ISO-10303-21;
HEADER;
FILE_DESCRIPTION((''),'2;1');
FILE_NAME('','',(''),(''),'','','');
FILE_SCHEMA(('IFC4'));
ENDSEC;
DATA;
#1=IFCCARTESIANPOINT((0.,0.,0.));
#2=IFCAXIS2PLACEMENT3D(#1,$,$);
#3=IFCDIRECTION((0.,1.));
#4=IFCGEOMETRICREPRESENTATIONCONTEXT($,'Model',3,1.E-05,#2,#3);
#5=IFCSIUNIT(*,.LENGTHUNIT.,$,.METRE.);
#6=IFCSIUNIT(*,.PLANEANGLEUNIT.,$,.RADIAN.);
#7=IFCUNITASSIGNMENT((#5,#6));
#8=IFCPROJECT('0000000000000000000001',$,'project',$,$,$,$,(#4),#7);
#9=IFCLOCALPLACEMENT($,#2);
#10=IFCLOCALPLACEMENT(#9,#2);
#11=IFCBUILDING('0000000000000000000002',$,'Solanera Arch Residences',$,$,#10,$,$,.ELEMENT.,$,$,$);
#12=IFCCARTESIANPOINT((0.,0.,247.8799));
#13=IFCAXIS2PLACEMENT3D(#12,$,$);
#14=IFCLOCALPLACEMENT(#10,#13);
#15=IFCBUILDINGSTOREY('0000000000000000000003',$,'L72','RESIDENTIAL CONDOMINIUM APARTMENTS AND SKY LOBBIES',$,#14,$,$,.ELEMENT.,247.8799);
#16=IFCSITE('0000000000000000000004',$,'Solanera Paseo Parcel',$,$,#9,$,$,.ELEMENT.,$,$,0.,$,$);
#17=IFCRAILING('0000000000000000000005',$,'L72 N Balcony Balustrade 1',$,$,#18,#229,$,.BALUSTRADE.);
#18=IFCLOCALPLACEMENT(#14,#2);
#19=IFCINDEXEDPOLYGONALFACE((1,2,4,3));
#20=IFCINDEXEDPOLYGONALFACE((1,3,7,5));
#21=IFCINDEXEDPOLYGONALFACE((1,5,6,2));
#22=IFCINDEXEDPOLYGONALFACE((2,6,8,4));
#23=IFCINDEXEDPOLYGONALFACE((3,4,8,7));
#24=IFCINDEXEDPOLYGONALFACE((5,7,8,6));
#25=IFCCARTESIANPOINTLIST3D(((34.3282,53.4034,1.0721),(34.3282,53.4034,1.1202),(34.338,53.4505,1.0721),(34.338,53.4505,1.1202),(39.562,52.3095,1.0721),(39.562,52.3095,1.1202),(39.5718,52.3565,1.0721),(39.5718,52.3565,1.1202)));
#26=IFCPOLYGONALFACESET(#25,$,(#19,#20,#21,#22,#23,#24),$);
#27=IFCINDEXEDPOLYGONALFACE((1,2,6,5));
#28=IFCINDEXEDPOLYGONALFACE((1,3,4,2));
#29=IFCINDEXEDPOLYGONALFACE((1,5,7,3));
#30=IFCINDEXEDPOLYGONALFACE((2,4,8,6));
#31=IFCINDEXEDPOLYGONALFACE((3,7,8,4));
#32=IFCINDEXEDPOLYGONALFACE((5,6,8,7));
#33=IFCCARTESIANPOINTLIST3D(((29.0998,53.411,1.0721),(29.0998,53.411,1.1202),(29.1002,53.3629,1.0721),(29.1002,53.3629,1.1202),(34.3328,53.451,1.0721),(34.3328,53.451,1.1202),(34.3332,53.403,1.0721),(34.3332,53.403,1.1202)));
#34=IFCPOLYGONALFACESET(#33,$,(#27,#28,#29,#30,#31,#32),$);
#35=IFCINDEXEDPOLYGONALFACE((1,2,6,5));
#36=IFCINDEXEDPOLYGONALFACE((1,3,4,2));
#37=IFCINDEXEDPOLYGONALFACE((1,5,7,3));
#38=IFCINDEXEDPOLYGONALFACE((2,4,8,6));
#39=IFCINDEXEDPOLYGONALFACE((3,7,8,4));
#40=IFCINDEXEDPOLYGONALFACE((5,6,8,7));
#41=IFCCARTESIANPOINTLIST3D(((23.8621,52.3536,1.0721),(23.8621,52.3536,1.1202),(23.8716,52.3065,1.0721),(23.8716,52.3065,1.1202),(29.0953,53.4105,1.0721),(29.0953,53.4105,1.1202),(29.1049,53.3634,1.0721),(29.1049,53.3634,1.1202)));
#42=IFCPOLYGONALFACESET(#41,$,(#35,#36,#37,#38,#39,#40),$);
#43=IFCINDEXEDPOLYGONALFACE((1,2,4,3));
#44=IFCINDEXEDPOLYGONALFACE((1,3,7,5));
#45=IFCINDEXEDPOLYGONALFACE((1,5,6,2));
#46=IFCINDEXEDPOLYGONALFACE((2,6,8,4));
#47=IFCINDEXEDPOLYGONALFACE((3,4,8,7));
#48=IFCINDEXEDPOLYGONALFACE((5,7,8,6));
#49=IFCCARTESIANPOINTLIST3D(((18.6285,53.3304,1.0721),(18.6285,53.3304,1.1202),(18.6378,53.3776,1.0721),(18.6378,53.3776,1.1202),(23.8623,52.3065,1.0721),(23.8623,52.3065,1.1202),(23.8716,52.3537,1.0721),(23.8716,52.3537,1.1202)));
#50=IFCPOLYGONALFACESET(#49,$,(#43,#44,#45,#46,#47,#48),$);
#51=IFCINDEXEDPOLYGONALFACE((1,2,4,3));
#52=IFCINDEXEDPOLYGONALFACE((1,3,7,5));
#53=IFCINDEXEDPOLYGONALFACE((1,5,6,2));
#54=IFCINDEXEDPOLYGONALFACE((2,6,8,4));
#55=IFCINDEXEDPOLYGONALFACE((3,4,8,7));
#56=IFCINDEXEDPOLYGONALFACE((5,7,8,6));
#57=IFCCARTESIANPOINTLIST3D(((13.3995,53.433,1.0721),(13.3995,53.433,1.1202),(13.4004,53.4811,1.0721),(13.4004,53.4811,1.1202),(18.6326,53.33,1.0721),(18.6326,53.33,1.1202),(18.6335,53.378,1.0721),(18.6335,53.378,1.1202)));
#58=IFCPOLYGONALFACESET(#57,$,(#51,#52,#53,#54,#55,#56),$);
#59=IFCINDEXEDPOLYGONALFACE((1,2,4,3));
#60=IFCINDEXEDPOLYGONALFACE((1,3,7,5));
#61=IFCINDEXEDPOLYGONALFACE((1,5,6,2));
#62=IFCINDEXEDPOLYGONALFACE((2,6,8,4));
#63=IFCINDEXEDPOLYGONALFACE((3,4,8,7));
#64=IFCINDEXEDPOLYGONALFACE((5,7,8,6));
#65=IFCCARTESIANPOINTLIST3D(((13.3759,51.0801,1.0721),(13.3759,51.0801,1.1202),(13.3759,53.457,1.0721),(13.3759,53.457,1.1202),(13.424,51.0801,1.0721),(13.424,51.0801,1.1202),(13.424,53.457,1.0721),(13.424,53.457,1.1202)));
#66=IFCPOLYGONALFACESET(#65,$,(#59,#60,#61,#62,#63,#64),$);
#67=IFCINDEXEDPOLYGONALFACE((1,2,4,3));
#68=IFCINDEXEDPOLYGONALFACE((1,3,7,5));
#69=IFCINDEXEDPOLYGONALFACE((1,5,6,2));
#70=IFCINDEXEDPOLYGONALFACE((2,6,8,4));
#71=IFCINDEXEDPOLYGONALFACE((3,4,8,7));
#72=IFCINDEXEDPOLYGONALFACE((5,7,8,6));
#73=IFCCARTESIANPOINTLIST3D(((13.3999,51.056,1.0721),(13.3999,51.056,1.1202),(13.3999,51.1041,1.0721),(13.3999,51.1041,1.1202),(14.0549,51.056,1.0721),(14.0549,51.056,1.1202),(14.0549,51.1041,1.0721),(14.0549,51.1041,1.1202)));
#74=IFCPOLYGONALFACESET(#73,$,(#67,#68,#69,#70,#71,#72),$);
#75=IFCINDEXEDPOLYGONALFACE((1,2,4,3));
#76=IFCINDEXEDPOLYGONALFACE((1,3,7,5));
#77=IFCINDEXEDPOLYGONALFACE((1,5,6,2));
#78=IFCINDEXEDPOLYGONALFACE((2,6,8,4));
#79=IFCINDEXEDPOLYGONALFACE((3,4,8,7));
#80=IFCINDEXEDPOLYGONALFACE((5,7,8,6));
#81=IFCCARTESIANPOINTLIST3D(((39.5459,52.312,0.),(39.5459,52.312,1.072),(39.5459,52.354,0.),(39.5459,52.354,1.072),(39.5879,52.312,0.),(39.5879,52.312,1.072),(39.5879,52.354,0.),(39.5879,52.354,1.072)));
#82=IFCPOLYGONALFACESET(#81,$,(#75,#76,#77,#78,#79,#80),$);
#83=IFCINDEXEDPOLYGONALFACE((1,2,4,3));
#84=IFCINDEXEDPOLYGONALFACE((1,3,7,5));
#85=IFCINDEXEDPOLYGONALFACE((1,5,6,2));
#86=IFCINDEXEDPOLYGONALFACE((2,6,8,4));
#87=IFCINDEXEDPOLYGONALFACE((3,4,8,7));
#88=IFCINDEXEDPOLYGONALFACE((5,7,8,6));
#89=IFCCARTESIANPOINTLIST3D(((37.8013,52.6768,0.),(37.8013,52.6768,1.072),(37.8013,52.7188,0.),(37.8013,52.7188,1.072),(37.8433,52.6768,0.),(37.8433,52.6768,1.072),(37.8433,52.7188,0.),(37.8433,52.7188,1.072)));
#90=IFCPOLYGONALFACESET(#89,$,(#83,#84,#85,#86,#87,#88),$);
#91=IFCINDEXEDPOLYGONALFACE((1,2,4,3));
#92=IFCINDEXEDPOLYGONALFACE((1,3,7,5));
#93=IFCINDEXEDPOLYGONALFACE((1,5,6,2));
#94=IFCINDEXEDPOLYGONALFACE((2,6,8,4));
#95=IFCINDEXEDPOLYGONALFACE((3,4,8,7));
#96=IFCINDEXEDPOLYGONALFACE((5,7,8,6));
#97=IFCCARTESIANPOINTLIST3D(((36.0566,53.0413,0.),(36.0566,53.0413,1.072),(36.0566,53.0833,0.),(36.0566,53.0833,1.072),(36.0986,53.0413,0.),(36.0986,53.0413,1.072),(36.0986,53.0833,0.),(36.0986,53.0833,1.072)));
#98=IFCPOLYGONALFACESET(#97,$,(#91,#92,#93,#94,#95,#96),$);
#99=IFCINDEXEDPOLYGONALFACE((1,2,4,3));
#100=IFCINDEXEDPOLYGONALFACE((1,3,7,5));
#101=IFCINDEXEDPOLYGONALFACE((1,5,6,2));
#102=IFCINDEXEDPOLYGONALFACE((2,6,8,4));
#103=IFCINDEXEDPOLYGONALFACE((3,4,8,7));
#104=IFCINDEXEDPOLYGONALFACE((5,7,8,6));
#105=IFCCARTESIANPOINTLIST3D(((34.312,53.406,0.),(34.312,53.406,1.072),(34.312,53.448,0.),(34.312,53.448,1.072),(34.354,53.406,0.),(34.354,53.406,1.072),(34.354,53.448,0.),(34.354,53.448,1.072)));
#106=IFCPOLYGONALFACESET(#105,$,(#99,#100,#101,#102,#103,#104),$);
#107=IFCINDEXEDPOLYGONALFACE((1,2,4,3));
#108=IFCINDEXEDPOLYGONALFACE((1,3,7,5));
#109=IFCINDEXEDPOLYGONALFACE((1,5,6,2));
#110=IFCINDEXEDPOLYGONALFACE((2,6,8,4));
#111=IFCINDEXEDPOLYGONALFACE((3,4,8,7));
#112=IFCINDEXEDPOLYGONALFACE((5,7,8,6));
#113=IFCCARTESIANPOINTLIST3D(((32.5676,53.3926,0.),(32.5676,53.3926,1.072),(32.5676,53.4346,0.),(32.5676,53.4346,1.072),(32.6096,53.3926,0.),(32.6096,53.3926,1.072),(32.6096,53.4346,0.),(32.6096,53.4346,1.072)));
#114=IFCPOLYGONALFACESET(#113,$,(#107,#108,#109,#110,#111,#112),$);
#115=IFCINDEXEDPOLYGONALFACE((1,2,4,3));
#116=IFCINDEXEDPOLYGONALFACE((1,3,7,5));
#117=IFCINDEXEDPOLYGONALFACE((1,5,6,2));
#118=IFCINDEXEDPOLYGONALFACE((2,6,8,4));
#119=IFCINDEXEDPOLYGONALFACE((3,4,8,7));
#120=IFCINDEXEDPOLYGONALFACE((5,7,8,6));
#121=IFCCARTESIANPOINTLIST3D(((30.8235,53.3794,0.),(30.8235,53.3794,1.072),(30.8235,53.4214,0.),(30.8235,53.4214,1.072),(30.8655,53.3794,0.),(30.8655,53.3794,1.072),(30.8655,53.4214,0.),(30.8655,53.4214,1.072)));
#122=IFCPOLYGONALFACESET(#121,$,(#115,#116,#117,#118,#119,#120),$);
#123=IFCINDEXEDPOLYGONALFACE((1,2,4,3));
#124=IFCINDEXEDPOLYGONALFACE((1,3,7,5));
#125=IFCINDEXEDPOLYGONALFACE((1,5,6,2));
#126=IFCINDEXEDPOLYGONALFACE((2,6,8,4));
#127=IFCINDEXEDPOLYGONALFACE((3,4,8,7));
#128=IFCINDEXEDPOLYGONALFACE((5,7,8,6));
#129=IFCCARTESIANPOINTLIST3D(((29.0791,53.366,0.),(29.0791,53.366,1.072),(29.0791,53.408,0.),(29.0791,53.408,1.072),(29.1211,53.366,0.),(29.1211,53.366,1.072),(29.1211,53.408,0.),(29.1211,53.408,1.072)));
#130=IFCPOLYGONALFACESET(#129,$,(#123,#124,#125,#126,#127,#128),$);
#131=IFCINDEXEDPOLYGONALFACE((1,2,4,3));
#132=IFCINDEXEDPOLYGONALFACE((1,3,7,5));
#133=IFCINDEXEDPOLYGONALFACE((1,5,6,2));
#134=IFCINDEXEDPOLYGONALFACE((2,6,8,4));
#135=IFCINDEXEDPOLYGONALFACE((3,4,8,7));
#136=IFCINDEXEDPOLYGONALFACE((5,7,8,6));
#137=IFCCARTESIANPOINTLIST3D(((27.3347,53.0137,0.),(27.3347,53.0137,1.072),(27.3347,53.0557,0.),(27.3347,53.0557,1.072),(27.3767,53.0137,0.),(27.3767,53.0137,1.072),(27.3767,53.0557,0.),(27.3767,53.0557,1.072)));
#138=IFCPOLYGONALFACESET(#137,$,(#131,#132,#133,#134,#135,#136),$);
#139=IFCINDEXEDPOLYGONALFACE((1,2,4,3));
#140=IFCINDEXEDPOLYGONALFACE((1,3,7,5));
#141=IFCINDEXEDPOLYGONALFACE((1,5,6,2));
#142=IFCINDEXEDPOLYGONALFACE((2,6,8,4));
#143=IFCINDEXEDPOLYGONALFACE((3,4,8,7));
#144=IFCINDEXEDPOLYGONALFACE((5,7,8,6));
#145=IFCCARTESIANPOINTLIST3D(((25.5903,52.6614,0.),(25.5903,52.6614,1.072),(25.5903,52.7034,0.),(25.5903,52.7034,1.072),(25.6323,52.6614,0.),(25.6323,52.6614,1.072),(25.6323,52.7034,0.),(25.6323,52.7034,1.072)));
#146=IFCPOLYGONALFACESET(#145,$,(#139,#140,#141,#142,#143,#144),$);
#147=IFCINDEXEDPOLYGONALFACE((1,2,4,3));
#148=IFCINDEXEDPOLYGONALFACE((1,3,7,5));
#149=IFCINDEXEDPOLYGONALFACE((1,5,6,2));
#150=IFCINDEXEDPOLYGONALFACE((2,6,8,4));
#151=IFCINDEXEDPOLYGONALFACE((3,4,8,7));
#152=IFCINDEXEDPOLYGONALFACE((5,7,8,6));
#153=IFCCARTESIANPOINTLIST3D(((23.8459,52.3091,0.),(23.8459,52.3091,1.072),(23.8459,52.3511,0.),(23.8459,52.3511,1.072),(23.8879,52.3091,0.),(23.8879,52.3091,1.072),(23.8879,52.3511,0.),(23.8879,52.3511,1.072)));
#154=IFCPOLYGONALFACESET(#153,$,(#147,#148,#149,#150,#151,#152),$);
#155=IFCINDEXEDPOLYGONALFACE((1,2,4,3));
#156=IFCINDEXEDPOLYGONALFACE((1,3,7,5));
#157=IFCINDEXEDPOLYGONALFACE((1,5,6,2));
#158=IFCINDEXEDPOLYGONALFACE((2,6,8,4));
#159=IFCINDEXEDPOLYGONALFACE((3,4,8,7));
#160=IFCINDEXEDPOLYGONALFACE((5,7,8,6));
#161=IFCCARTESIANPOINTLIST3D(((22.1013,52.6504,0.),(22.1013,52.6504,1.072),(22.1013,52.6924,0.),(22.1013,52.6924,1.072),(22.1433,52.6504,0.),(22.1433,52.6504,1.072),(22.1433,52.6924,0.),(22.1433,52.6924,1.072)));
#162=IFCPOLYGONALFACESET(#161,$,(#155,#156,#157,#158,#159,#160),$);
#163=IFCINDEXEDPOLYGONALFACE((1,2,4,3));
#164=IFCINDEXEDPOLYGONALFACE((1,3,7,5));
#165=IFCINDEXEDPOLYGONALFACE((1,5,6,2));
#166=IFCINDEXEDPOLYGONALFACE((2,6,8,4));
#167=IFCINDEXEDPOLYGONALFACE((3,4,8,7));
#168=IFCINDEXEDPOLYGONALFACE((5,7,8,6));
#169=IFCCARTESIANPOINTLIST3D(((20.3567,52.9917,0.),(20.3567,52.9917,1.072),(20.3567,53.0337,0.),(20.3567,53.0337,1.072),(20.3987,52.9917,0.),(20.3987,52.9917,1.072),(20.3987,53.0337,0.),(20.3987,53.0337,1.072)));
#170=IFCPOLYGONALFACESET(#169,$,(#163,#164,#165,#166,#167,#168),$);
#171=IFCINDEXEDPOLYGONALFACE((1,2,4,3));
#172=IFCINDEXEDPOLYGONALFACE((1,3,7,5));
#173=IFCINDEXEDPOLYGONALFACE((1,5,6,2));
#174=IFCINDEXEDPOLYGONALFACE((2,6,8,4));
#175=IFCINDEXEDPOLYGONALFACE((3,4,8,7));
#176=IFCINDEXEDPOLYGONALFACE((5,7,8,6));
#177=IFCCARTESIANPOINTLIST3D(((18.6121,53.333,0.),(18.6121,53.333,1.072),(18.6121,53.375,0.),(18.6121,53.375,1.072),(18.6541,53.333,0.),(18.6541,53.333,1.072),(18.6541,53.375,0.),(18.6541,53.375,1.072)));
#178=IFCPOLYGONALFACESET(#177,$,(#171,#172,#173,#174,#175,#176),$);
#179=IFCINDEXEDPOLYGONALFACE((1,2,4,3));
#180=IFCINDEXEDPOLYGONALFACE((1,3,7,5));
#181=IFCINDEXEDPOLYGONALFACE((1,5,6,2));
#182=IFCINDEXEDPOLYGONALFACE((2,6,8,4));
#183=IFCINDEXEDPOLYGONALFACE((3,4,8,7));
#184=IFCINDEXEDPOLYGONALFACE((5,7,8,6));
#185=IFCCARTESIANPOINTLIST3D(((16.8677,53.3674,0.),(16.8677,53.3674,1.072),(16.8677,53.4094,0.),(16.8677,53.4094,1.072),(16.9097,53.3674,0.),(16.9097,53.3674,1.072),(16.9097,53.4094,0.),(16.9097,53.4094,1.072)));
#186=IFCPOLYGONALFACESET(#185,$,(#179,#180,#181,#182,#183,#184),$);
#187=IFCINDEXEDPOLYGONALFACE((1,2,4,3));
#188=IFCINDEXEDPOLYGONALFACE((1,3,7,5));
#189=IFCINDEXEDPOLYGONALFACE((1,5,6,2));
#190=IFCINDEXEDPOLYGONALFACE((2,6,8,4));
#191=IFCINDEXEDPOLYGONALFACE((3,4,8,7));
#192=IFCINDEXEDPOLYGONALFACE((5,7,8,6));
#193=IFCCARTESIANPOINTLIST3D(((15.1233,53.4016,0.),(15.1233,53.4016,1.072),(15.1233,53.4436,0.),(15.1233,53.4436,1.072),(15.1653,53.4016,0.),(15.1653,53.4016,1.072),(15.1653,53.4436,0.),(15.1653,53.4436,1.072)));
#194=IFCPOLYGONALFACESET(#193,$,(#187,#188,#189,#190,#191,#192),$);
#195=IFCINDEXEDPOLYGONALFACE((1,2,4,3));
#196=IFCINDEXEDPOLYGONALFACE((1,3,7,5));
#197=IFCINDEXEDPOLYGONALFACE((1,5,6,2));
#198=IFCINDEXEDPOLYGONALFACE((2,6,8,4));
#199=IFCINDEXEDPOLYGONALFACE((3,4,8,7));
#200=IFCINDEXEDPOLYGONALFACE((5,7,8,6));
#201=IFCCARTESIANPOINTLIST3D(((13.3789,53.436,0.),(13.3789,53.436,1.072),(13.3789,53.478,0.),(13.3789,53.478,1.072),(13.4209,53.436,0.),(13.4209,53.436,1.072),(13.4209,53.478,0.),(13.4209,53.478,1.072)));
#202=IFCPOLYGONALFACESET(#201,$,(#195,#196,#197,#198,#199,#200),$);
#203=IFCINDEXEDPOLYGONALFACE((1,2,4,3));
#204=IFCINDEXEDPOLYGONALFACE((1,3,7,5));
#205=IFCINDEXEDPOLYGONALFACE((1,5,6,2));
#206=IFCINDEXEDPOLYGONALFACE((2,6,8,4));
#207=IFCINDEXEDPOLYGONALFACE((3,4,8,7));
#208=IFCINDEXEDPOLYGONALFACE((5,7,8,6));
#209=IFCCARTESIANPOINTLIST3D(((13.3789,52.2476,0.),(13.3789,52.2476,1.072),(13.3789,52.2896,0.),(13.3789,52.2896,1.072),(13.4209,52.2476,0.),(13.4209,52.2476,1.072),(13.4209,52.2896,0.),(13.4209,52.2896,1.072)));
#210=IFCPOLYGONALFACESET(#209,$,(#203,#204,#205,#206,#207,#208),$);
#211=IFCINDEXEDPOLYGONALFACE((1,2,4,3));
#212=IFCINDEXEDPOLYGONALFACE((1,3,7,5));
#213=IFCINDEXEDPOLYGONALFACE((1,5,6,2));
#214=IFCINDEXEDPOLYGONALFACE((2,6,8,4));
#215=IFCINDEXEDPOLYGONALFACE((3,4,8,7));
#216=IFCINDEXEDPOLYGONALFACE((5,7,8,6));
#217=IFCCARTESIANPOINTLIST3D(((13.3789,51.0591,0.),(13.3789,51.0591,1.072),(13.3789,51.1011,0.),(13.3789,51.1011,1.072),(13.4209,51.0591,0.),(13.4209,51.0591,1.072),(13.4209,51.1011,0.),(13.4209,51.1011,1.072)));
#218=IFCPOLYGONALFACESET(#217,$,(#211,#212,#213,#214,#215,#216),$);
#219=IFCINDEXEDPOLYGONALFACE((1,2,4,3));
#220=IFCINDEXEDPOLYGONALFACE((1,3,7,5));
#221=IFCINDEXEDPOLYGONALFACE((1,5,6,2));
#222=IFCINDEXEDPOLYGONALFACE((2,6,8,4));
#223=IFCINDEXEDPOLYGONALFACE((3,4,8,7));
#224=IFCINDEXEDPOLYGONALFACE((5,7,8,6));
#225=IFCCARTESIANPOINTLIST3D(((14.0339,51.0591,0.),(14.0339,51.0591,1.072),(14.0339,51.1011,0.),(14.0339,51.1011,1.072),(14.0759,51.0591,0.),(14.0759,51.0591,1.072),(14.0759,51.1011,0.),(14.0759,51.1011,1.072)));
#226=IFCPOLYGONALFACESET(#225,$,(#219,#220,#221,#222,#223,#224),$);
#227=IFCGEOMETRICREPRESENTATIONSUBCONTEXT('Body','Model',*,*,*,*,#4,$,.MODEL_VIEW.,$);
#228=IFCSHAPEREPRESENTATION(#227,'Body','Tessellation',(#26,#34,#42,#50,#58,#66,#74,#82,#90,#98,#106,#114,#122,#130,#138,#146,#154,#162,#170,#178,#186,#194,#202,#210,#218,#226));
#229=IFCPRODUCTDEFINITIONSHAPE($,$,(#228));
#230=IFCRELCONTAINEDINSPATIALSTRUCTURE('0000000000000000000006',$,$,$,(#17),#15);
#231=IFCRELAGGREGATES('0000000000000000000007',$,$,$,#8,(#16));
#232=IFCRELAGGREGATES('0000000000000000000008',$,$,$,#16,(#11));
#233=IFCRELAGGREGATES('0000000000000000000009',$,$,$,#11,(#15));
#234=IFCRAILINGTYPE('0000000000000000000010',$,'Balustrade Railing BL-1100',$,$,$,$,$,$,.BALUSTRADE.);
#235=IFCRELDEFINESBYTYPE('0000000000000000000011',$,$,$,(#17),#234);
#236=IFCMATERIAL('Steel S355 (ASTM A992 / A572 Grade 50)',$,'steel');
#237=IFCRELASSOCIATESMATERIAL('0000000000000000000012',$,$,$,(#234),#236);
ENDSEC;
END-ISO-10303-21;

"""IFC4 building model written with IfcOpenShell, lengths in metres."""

from ifc_helpers import new_model, si_unit, direction, frame, origin, origin_2d, place, context, subcontext, project, spatial, rectangle, extrude, material, type_object, element, save


model = new_model("IFC4")

# Units and contexts
model_context = context("Model", 3, precision=1e-05, world=origin(), true_north=direction((0.0, 1.0)))
body_context = subcontext(model_context, "Body", "Model", "MODEL_VIEW")
ifc_project = project(units=[si_unit("LENGTHUNIT", "METRE"), si_unit("PLANEANGLEUNIT", "RADIAN")], contexts=[model_context])

# Site, building, storey
site_placement = place(None, origin())
site = spatial("IfcSite", under=ifc_project, at=site_placement, Name="Solanera Paseo Parcel", CompositionType="ELEMENT", RefElevation=0.0)
building_placement = place(site_placement, origin())
building = spatial("IfcBuilding", under=site, at=building_placement, Name="Solanera Arch Residences", CompositionType="ELEMENT")
storey_placement = place(building_placement, frame((0.0, 0.0, 247.8799)))
storey = spatial("IfcBuildingStorey", under=building, at=storey_placement, Name="L72", Description="RESIDENTIAL CONDOMINIUM APARTMENTS AND SKY LOBBIES", CompositionType="ELEMENT", Elevation=247.8799)

# Railing
ifc_material_1 = material(Name="Steel S355 (ASTM A992 / A572 Grade 50)", Category="steel")
railing_type = type_object("IfcRailingType", Name="Balustrade Railing BL-1100", PredefinedType="BALUSTRADE", material=ifc_material_1)
railing_1_placement = place(storey_placement, frame((39.5669, 52.333, 0.0)))
element("IfcRailing", 1, at=railing_1_placement, inside=storey, type_object=railing_type, Name="L72 N Balcony Balustrade 1", PredefinedType="BALUSTRADE", context=body_context, shape_type="SweptSolid", body=[
    extrude(rectangle(XDim=0.0481, YDim=0.0481, at=origin_2d()), frame((0.0, 0.0, 1.0962), z_axis=(-0.978846, 0.2046, 0.0), x_axis=(-0.2046, -0.978846, 0.0)), (0.0, 0.0, 1.0), 5.3469),
    extrude(rectangle(XDim=0.0481, YDim=0.0481, at=origin_2d()), frame((-5.2339, 1.094, 1.0962), z_axis=(-0.999971, -0.007651, 0.0), x_axis=(0.007651, -0.999971, 0.0)), (0.0, 0.0, 1.0), 5.2332),
    extrude(rectangle(XDim=0.0481, YDim=0.0481, at=origin_2d()), frame((-10.4668, 1.054, 1.0962), z_axis=(-0.98021, -0.197963, 0.0), x_axis=(0.197963, -0.98021, 0.0)), (0.0, 0.0, 1.0), 5.3389),
    extrude(rectangle(XDim=0.0481, YDim=0.0481, at=origin_2d()), frame((-15.7, -0.0029, 1.0962), z_axis=(-0.981396, 0.191994, 0.0), x_axis=(-0.191994, -0.981396, 0.0)), (0.0, 0.0, 1.0), 5.333),
    extrude(rectangle(XDim=0.0481, YDim=0.0481, at=origin_2d()), frame((-20.9338, 1.021, 1.0962), z_axis=(-0.999806, 0.019684, 0.0), x_axis=(-0.019684, -0.999806, 0.0)), (0.0, 0.0, 1.0), 5.2341),
    extrude(rectangle(XDim=0.0481, YDim=0.0481, at=origin_2d()), frame((-26.167, 1.124, 1.0962), z_axis=(0.0, -1.0, 0.0), x_axis=(1.0, 0.0, 0.0)), (0.0, 0.0, 1.0), 2.377),
    extrude(rectangle(XDim=0.0481, YDim=0.0481, at=origin_2d()), frame((-26.167, -1.2529, 1.0962), z_axis=(1.0, 0.0, 0.0), x_axis=(0.0, 1.0, 0.0)), (0.0, 0.0, 1.0), 0.655),
    extrude(rectangle(XDim=0.042, YDim=0.042, at=origin_2d()), origin(), (0.0, 0.0, 1.0), 1.072),
    extrude(rectangle(XDim=0.042, YDim=0.042, at=origin_2d()), frame((-1.7446, 0.3647, 0.0)), (0.0, 0.0, 1.0), 1.072),
    extrude(rectangle(XDim=0.042, YDim=0.042, at=origin_2d()), frame((-3.4893, 0.7292, 0.0)), (0.0, 0.0, 1.0), 1.072),
    extrude(rectangle(XDim=0.042, YDim=0.042, at=origin_2d()), frame((-5.2339, 1.094, 0.0)), (0.0, 0.0, 1.0), 1.072),
    extrude(rectangle(XDim=0.042, YDim=0.042, at=origin_2d()), frame((-6.9783, 1.0806, 0.0)), (0.0, 0.0, 1.0), 1.072),
    extrude(rectangle(XDim=0.042, YDim=0.042, at=origin_2d()), frame((-8.7224, 1.0674, 0.0)), (0.0, 0.0, 1.0), 1.072),
    extrude(rectangle(XDim=0.042, YDim=0.042, at=origin_2d()), frame((-10.4668, 1.054, 0.0)), (0.0, 0.0, 1.0), 1.072),
    extrude(rectangle(XDim=0.042, YDim=0.042, at=origin_2d()), frame((-12.2112, 0.7017, 0.0)), (0.0, 0.0, 1.0), 1.072),
    extrude(rectangle(XDim=0.042, YDim=0.042, at=origin_2d()), frame((-13.9556, 0.3494, 0.0)), (0.0, 0.0, 1.0), 1.072),
    extrude(rectangle(XDim=0.042, YDim=0.042, at=origin_2d()), frame((-15.7, -0.0029, 0.0)), (0.0, 0.0, 1.0), 1.072),
    extrude(rectangle(XDim=0.042, YDim=0.042, at=origin_2d()), frame((-17.4446, 0.3384, 0.0)), (0.0, 0.0, 1.0), 1.072),
    extrude(rectangle(XDim=0.042, YDim=0.042, at=origin_2d()), frame((-19.1892, 0.6797, 0.0)), (0.0, 0.0, 1.0), 1.072),
    extrude(rectangle(XDim=0.042, YDim=0.042, at=origin_2d()), frame((-20.9338, 1.021, 0.0)), (0.0, 0.0, 1.0), 1.072),
    extrude(rectangle(XDim=0.042, YDim=0.042, at=origin_2d()), frame((-22.6782, 1.0554, 0.0)), (0.0, 0.0, 1.0), 1.072),
    extrude(rectangle(XDim=0.042, YDim=0.042, at=origin_2d()), frame((-24.4226, 1.0896, 0.0)), (0.0, 0.0, 1.0), 1.072),
    extrude(rectangle(XDim=0.042, YDim=0.042, at=origin_2d()), frame((-26.167, 1.124, 0.0)), (0.0, 0.0, 1.0), 1.072),
    extrude(rectangle(XDim=0.042, YDim=0.042, at=origin_2d()), frame((-26.167, -0.0645, 0.0)), (0.0, 0.0, 1.0), 1.072),
    extrude(rectangle(XDim=0.042, YDim=0.042, at=origin_2d()), frame((-26.167, -1.2529, 0.0)), (0.0, 0.0, 1.0), 1.072),
    extrude(rectangle(XDim=0.042, YDim=0.042, at=origin_2d()), frame((-25.512, -1.2529, 0.0)), (0.0, 0.0, 1.0), 1.072),
])

save(model, "model.ifc")
